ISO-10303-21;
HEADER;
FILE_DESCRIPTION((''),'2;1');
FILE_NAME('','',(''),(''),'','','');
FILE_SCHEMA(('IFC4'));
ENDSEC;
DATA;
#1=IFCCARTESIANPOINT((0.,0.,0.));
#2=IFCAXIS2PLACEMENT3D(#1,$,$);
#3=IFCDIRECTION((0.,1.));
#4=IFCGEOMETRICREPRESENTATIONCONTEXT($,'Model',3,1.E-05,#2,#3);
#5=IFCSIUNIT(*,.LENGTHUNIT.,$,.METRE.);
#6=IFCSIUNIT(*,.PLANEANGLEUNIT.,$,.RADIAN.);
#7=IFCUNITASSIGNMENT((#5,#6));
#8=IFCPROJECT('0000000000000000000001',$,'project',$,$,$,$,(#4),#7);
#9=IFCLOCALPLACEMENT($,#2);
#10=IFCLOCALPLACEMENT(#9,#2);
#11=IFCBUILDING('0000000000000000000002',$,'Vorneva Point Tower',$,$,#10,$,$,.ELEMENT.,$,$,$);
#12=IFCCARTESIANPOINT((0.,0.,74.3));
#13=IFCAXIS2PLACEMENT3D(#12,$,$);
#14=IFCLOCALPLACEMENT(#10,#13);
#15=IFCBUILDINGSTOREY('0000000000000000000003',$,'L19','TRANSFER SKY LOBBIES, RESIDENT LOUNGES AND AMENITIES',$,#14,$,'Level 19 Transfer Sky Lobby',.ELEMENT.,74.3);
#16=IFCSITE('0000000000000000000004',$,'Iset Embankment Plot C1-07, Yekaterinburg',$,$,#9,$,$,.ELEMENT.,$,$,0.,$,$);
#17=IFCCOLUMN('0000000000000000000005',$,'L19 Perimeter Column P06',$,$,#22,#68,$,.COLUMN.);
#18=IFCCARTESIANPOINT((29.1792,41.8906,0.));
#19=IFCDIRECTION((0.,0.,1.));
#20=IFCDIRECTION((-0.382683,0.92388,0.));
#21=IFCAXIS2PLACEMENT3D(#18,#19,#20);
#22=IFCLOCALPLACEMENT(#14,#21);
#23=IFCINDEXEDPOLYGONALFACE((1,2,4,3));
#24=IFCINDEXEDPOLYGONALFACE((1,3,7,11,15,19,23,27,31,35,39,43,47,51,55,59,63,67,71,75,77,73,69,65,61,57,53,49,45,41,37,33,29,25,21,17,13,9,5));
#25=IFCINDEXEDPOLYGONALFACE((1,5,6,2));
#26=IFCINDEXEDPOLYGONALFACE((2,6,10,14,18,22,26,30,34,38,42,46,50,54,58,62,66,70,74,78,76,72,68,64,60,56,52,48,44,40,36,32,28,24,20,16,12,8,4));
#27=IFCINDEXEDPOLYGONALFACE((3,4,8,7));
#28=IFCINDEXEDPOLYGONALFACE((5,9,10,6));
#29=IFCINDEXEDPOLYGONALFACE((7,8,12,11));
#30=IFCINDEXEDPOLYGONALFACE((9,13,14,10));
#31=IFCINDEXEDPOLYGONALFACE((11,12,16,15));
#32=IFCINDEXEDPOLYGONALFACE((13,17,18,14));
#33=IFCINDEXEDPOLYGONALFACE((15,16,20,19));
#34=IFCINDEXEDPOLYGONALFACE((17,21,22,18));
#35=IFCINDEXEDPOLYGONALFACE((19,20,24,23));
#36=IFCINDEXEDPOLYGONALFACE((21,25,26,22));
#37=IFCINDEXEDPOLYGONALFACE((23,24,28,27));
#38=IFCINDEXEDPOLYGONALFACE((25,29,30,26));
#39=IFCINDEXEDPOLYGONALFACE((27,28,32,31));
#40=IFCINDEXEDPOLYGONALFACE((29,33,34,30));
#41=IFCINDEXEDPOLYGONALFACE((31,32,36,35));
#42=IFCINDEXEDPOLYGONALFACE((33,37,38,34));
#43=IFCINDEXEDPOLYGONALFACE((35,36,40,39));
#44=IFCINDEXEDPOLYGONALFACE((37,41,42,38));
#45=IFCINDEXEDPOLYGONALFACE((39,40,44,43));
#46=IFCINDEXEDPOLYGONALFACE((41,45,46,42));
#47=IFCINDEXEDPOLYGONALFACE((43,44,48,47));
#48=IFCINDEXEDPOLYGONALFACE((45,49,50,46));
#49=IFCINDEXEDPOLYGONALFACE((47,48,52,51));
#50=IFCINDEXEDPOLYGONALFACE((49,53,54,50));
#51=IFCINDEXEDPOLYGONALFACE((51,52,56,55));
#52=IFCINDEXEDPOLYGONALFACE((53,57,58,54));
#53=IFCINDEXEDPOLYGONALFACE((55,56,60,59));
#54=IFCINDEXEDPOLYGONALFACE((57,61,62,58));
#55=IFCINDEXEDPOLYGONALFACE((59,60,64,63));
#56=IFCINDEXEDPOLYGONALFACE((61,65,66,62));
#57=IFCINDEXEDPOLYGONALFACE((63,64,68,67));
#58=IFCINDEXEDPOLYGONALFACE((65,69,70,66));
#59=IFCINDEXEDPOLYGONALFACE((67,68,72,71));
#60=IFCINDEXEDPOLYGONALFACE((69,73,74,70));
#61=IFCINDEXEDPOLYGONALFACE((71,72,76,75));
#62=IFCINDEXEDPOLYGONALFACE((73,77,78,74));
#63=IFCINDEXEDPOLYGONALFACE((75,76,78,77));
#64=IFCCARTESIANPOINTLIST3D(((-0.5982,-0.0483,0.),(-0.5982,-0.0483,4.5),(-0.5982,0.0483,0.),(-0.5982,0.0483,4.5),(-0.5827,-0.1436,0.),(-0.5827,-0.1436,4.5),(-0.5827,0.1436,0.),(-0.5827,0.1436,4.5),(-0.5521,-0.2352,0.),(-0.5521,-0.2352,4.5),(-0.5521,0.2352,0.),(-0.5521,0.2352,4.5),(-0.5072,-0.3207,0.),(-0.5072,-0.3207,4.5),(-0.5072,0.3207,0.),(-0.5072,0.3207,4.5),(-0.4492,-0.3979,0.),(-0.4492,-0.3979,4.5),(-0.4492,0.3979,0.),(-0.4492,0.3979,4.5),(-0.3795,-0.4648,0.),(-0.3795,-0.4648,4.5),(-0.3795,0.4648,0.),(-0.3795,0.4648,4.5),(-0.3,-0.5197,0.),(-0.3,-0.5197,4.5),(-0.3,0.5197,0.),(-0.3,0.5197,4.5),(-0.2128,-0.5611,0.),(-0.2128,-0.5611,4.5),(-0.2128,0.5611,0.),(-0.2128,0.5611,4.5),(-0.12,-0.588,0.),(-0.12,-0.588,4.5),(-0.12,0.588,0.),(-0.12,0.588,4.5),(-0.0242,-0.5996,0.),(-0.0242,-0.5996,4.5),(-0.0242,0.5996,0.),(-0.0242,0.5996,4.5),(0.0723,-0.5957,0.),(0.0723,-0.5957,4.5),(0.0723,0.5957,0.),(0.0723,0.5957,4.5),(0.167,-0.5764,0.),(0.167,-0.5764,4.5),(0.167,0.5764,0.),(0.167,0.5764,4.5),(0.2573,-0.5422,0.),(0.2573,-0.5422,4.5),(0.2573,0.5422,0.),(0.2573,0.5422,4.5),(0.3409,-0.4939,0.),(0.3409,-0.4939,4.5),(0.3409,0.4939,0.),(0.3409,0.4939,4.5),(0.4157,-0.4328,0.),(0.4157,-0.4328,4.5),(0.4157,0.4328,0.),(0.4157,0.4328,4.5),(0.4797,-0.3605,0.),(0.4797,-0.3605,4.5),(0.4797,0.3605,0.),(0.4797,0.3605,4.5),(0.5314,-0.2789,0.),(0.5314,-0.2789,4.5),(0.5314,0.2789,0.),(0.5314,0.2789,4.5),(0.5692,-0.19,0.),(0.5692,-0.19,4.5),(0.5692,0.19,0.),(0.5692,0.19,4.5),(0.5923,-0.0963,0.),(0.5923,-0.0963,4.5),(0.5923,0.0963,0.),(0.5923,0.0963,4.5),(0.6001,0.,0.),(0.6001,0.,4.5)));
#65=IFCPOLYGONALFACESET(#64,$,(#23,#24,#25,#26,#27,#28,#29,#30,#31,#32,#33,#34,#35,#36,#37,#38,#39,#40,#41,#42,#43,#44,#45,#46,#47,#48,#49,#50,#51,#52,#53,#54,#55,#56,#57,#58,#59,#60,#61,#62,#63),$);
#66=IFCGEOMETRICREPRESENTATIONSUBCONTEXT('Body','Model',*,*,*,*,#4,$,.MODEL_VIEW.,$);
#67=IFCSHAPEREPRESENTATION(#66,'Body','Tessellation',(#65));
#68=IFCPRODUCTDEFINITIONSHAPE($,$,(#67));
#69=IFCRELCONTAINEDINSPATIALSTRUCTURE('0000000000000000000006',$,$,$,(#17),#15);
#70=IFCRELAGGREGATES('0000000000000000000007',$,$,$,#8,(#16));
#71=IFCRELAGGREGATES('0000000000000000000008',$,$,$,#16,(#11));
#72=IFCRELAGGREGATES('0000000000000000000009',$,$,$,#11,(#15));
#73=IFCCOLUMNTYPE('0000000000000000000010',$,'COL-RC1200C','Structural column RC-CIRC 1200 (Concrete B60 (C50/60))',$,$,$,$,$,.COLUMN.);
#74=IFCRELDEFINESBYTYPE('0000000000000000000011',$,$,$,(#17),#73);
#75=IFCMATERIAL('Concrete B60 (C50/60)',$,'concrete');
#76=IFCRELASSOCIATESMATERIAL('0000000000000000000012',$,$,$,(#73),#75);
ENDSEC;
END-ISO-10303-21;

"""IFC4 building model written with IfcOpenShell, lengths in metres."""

from ifc_helpers import new_model, si_unit, direction, frame, origin, origin_2d, place, context, subcontext, project, spatial, circle, extrude, material, material_profile, profile_set, type_object, element, save


model = new_model("IFC4")

# Units and contexts
model_context = context("Model", 3, precision=1e-05, world=origin(), true_north=direction((0.0, 1.0)))
body_context = subcontext(model_context, "Body", "Model", "MODEL_VIEW")
ifc_project = project(units=[si_unit("LENGTHUNIT", "METRE"), si_unit("PLANEANGLEUNIT", "RADIAN")], contexts=[model_context])

# Site, building, storey
site_placement = place(None, origin())
site = spatial("IfcSite", under=ifc_project, at=site_placement, Name="Iset Embankment Plot C1-07, Yekaterinburg", CompositionType="ELEMENT", RefElevation=0.0)
building_placement = place(site_placement, origin())
building = spatial("IfcBuilding", under=site, at=building_placement, Name="Vorneva Point Tower", CompositionType="ELEMENT")
storey_placement = place(building_placement, frame((0.0, 0.0, 74.3)))
storey = spatial("IfcBuildingStorey", under=building, at=storey_placement, Name="L19", Description="TRANSFER SKY LOBBIES, RESIDENT LOUNGES AND AMENITIES", LongName="Level 19 Transfer Sky Lobby", CompositionType="ELEMENT", Elevation=74.3)

# Column
ifc_material_1 = material(Name="Concrete B60 (C50/60)", Category="concrete")
ifc_material_profile_1 = material_profile(ifc_material_1, circle(Radius=0.6001, at=origin_2d()), Name="RC-CIRC 1200")
ifc_profile_set_1 = profile_set([ifc_material_profile_1], Name="Concrete B60 (C50/60)")
column_type = type_object("IfcColumnType", Name="COL-RC1200C", Description="Structural column RC-CIRC 1200 (Concrete B60 (C50/60))", PredefinedType="COLUMN", material=ifc_profile_set_1)
for number, where, z_axis, x_axis, name in (
    (1, (29.1792, 41.8906, 0.0), (0.0, 0.0, 1.0), (-0.382683, 0.92388, 0.0), "L19 Perimeter Column P06"),
):
    element("IfcColumn", number, at=place(storey_placement, frame(where, z_axis=z_axis, x_axis=x_axis)), inside=storey, type_object=column_type, Name=name, PredefinedType="COLUMN", context=body_context, shape_type="SweptSolid", body=[
        extrude(circle(Radius=0.6001, at=origin_2d()), origin(), (0.0, 0.0, 1.0), 4.5),
    ])

save(model, "model.ifc")
